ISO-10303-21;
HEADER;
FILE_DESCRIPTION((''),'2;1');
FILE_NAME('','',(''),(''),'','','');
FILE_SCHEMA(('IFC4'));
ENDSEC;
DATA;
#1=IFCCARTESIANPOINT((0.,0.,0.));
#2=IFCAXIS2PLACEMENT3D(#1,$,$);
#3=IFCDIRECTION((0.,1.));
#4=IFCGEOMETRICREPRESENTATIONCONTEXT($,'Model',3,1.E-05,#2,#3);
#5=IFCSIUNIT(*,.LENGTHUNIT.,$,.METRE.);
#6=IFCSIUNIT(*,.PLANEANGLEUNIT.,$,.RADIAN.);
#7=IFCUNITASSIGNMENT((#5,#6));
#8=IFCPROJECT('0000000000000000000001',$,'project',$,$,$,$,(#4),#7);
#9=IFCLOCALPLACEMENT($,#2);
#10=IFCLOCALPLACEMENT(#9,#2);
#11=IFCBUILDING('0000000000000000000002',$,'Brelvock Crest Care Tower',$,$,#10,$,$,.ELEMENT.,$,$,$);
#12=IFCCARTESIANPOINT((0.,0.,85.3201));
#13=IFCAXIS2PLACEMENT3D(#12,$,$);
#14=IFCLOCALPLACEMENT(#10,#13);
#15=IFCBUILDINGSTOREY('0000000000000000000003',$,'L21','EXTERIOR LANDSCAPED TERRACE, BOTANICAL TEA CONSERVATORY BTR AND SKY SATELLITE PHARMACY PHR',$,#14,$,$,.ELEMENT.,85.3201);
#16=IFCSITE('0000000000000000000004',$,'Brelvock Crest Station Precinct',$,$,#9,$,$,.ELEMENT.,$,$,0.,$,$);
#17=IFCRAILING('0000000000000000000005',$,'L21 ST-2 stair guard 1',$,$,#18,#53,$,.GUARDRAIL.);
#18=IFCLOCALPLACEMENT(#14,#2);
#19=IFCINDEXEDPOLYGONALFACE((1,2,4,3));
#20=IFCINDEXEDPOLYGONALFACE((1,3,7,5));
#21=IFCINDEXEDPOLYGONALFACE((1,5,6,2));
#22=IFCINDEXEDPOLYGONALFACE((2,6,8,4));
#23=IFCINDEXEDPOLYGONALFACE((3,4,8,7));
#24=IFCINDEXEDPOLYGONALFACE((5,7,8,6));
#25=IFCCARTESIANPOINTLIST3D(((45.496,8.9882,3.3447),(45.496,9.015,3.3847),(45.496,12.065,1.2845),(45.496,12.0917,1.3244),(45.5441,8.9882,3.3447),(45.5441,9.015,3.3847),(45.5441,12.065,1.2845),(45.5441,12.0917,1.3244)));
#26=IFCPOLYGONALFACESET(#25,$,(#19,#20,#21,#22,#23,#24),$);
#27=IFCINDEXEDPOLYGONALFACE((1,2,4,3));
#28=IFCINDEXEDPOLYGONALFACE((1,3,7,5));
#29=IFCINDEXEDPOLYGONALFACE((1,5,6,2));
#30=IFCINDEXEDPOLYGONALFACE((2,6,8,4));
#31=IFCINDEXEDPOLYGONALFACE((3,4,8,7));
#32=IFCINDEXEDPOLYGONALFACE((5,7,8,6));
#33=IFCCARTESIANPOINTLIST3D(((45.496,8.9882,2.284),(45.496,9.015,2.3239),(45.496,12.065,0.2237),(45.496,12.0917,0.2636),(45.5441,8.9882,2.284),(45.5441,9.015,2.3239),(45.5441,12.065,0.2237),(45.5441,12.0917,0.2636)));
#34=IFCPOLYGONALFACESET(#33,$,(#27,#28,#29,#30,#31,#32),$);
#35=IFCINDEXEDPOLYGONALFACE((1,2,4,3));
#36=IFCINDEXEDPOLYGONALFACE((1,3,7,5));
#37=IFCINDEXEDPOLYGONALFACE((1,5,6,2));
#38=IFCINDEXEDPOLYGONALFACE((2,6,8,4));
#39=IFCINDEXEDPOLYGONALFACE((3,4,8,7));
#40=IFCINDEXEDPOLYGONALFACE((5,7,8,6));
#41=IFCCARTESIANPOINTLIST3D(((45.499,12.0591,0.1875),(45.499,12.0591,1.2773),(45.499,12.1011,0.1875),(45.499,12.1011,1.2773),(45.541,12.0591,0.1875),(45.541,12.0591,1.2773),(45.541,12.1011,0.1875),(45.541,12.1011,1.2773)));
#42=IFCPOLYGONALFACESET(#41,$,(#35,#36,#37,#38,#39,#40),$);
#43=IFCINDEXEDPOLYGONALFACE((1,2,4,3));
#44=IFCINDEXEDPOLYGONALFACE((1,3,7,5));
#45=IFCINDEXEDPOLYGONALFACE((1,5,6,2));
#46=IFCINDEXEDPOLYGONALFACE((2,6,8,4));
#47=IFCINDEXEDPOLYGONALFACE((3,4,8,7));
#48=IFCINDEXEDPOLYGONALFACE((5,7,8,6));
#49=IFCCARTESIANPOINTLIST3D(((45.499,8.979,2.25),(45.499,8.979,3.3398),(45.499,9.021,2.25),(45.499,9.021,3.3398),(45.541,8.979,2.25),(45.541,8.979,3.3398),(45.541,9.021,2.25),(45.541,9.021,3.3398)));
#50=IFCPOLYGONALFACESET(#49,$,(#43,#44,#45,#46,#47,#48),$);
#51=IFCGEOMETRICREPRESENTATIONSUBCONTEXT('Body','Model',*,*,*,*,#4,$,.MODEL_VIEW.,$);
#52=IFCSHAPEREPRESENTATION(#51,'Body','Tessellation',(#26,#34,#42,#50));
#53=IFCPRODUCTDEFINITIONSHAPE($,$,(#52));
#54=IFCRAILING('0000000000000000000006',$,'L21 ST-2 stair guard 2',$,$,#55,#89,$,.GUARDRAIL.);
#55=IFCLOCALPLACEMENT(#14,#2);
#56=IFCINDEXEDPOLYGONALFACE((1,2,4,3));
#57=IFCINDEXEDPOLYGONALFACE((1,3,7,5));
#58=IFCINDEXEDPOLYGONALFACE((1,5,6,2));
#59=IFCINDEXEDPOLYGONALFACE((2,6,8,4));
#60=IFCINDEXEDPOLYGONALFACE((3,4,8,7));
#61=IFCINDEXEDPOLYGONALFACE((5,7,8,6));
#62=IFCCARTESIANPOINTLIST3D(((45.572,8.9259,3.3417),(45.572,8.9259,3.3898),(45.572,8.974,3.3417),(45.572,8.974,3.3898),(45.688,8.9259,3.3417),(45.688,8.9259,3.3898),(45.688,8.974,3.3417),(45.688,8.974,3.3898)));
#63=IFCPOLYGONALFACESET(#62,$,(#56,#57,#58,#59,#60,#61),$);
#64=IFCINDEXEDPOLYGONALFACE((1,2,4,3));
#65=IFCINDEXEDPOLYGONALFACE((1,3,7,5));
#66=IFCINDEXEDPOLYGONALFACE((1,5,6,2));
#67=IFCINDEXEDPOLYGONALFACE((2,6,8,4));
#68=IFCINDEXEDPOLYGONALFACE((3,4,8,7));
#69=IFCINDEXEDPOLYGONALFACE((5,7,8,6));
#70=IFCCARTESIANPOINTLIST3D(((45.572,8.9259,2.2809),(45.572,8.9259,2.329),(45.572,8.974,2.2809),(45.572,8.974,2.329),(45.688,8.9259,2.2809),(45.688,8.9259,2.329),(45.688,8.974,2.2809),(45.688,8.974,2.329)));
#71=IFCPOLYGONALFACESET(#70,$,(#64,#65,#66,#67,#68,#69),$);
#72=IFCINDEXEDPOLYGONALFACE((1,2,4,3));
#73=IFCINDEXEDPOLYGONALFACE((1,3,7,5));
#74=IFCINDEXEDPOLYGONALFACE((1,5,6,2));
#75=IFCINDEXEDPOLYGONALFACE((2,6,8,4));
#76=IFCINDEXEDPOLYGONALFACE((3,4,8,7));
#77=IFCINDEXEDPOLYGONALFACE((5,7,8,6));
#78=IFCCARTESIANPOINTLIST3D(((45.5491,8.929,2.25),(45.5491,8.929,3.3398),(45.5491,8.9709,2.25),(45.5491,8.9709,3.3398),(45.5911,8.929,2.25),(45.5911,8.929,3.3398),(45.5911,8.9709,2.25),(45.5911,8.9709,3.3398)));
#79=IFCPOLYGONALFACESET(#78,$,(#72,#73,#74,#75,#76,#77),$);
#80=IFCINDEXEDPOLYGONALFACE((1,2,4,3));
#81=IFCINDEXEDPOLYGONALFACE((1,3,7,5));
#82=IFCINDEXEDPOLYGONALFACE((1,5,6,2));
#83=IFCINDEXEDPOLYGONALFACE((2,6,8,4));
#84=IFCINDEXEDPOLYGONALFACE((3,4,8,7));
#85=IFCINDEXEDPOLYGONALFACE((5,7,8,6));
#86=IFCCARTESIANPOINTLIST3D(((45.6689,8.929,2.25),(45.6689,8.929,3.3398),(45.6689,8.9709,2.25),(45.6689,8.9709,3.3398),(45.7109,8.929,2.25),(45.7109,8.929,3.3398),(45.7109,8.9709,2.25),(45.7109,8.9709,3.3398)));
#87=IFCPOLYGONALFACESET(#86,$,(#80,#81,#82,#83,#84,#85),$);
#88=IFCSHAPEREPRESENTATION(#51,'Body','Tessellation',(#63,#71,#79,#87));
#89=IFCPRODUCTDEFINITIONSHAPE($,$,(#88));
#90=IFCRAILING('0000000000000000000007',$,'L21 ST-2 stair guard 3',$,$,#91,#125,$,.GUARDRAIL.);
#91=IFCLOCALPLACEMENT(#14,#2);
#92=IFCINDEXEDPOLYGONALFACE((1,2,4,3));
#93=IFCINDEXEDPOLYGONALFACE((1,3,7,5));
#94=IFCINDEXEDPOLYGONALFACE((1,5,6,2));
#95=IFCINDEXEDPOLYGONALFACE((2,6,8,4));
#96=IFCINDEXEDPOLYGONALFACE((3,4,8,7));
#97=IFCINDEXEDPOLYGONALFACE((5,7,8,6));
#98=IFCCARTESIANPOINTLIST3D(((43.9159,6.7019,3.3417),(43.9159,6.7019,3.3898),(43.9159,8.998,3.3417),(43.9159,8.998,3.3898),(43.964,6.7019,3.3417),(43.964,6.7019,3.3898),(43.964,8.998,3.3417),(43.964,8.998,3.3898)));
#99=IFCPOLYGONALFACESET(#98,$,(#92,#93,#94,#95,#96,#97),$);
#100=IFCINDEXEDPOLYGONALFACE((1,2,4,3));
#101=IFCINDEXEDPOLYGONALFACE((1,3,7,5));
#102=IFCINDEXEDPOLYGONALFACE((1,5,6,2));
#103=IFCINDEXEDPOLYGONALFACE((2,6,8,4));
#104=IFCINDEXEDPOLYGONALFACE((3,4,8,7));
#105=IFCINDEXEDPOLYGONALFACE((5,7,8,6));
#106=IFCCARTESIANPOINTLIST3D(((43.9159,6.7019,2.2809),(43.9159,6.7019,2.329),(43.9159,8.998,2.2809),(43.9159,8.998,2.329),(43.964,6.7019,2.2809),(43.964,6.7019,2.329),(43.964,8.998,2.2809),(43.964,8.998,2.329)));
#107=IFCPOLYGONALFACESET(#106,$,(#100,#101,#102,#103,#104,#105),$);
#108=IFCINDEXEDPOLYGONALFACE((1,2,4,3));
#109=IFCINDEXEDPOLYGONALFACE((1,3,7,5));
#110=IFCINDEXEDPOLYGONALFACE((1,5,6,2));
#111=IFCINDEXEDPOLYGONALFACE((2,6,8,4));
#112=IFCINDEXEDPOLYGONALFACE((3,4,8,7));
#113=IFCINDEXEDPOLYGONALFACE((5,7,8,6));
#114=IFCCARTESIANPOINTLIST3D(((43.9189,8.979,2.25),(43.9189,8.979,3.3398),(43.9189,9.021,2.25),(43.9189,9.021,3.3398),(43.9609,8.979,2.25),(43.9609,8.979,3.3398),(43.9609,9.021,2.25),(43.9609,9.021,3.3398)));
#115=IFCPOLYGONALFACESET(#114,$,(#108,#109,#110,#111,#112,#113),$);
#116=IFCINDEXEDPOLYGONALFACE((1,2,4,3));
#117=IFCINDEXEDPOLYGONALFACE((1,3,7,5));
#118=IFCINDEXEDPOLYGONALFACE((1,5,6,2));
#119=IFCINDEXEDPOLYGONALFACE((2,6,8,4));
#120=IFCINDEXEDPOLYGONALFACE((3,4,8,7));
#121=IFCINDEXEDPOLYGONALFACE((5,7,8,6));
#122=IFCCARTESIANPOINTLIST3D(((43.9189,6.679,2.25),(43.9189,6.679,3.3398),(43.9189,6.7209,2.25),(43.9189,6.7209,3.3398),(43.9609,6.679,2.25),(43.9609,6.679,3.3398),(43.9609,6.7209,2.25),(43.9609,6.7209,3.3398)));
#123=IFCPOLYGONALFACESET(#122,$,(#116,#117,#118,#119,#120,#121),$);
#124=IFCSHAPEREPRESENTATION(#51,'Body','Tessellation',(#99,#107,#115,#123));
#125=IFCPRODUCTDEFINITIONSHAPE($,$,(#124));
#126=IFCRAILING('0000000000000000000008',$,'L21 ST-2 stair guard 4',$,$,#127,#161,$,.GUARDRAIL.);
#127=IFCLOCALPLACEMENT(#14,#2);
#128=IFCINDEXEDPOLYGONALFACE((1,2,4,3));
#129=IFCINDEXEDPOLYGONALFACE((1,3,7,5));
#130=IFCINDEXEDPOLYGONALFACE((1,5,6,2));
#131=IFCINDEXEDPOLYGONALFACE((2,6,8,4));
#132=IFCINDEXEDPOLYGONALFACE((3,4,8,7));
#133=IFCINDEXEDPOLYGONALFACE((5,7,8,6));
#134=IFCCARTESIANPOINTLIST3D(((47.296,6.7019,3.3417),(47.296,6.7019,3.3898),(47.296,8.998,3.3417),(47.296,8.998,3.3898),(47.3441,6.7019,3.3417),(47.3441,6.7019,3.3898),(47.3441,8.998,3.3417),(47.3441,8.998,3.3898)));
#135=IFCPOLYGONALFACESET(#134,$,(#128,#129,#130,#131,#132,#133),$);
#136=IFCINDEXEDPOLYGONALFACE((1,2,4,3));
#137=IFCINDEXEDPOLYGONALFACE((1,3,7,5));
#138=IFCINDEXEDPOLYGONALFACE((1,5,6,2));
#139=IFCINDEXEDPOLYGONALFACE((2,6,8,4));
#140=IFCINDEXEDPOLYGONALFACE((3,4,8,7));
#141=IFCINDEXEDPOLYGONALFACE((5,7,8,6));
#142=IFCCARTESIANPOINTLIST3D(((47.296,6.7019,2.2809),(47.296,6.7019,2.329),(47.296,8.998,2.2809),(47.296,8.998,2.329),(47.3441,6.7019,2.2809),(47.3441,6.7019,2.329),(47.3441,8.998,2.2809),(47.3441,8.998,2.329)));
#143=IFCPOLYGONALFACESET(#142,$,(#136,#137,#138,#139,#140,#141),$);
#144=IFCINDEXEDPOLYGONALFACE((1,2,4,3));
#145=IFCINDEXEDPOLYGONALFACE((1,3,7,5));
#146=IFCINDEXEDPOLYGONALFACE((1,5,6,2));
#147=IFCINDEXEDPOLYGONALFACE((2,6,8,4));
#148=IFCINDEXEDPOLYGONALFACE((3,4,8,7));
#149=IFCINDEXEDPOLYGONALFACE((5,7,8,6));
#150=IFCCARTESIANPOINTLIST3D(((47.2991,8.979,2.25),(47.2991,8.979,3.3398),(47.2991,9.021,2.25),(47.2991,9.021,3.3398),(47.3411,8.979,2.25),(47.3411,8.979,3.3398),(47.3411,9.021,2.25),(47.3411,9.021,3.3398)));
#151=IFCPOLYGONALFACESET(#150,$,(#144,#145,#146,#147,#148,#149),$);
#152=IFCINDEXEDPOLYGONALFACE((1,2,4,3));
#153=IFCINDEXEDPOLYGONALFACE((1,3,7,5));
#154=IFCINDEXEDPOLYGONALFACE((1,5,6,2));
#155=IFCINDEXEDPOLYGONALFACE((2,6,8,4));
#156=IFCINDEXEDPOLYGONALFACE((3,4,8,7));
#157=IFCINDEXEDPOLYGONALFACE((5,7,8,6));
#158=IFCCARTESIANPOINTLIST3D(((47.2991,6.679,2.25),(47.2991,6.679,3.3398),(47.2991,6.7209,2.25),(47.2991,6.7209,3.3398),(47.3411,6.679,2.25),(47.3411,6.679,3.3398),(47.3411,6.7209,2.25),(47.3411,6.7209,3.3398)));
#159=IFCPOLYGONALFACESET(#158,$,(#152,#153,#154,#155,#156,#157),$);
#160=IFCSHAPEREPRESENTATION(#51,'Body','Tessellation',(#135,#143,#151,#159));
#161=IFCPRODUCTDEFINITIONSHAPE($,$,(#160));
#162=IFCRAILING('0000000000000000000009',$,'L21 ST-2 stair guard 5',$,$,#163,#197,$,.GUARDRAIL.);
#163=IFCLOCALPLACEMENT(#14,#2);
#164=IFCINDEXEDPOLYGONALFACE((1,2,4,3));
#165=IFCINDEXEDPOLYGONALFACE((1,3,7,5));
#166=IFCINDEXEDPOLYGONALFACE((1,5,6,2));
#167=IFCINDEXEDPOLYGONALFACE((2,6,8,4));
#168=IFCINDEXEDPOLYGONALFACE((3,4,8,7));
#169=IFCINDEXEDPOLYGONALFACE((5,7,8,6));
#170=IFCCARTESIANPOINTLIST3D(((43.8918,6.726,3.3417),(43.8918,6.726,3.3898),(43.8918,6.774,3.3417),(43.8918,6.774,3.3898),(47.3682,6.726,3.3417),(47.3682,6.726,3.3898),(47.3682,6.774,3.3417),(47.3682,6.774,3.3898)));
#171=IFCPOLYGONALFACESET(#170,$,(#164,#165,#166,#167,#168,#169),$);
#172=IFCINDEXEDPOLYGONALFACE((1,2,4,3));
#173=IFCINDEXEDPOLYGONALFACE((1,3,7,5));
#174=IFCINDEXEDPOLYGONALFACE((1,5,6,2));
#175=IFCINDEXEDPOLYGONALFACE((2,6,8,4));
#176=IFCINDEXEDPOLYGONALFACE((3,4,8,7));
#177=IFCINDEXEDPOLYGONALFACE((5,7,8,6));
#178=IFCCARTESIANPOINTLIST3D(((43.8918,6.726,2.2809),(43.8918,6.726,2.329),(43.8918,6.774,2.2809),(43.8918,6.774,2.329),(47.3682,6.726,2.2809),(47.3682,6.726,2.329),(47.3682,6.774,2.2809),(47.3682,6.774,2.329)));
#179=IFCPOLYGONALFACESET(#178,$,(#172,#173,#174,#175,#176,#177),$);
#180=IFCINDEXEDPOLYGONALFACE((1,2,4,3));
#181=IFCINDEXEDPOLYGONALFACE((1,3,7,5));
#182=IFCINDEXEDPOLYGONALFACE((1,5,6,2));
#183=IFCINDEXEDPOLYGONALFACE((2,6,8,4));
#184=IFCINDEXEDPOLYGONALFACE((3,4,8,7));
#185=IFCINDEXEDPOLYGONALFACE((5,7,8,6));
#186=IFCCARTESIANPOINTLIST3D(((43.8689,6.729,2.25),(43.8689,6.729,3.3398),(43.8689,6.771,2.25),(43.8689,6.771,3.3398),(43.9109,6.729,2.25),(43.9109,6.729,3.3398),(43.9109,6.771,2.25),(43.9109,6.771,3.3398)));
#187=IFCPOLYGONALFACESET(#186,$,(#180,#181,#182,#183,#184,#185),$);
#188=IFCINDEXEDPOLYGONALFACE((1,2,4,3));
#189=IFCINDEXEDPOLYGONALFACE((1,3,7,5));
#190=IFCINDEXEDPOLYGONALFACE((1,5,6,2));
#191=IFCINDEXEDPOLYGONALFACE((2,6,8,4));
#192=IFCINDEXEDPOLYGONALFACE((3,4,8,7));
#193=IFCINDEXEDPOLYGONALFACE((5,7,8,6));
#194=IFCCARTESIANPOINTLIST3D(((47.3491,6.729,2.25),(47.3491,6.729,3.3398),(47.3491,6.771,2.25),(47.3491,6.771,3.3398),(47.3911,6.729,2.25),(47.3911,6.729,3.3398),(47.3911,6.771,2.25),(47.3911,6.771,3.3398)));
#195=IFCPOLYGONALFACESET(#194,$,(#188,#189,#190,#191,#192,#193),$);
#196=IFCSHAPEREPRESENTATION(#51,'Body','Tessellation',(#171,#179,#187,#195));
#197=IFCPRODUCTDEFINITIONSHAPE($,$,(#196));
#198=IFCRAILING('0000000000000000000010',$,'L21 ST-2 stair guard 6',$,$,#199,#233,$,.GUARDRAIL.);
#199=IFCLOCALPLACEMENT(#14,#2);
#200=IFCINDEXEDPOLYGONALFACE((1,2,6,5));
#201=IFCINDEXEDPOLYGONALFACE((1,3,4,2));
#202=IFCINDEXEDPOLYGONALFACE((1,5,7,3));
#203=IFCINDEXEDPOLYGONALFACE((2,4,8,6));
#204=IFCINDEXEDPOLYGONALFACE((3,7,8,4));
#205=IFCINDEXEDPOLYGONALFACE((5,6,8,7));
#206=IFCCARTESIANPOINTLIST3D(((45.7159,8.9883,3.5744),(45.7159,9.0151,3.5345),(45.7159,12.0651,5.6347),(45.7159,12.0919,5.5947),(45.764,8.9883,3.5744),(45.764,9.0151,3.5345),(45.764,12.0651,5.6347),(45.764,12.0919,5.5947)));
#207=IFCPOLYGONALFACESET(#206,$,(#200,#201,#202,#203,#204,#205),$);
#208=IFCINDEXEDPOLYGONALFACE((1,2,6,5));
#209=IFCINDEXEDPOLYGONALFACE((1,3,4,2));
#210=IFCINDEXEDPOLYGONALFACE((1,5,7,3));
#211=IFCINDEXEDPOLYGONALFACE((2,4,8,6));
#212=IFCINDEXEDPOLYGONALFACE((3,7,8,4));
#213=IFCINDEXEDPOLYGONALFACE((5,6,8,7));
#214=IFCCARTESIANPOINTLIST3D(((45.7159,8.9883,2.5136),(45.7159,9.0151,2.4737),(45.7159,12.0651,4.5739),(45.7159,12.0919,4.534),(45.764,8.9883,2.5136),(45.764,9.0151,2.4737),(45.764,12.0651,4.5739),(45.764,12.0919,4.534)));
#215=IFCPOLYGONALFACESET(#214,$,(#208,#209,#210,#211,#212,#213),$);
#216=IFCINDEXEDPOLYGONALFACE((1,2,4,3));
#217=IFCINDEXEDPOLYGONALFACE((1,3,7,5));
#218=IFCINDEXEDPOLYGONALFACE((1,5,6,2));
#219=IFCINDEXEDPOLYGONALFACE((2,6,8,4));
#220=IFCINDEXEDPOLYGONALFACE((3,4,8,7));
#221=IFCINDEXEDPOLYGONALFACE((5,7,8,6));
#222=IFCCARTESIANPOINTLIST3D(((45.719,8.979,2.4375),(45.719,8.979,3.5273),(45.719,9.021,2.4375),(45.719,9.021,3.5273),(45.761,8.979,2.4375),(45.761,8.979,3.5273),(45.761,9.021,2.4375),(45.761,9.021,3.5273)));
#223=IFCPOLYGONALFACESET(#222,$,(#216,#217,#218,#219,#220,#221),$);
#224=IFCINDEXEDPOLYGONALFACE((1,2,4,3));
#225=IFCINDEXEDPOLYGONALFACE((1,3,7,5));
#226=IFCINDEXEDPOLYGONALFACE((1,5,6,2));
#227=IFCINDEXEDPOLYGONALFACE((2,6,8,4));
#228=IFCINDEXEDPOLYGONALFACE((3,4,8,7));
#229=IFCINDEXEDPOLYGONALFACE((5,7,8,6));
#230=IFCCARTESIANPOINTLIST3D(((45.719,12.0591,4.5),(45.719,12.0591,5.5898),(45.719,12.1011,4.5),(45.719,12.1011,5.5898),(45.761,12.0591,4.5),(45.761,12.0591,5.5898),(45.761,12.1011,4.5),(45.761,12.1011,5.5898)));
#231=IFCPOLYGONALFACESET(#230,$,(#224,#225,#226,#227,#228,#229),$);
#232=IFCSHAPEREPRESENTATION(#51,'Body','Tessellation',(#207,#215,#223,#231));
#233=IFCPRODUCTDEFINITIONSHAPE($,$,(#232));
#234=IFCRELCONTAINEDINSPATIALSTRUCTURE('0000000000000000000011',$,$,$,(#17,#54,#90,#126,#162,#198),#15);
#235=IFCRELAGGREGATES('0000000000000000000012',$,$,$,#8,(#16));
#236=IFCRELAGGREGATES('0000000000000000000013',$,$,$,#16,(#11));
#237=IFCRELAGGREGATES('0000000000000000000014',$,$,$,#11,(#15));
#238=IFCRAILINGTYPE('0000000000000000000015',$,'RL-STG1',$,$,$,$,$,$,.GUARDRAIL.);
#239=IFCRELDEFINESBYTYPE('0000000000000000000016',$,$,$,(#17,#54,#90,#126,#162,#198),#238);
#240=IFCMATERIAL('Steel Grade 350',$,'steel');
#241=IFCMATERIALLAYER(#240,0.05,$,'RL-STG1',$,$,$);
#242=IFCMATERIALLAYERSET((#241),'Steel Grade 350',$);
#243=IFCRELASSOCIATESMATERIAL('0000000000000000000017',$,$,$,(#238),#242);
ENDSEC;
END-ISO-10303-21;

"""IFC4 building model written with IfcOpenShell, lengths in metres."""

from ifc_helpers import new_model, si_unit, direction, frame, origin, origin_2d, place, context, subcontext, project, spatial, rectangle, extrude, material, layer, layer_set, type_object, element, save


model = new_model("IFC4")

# Units and contexts
model_context = context("Model", 3, precision=1e-05, world=origin(), true_north=direction((0.0, 1.0)))
body_context = subcontext(model_context, "Body", "Model", "MODEL_VIEW")
ifc_project = project(units=[si_unit("LENGTHUNIT", "METRE"), si_unit("PLANEANGLEUNIT", "RADIAN")], contexts=[model_context])

# Site, building, storey
site_placement = place(None, origin())
site = spatial("IfcSite", under=ifc_project, at=site_placement, Name="Brelvock Crest Station Precinct", CompositionType="ELEMENT", RefElevation=0.0)
building_placement = place(site_placement, origin())
building = spatial("IfcBuilding", under=site, at=building_placement, Name="Brelvock Crest Care Tower", CompositionType="ELEMENT")
storey_placement = place(building_placement, frame((0.0, 0.0, 85.3201)))
storey = spatial("IfcBuildingStorey", under=building, at=storey_placement, Name="L21", Description="EXTERIOR LANDSCAPED TERRACE, BOTANICAL TEA CONSERVATORY BTR AND SKY SATELLITE PHARMACY PHR", CompositionType="ELEMENT", Elevation=85.3201)

# Shared definitions
ifc_material_1 = material(Name="Steel Grade 350", Category="steel")

# Railings
ifc_layer_1 = layer(ifc_material_1, 0.05, Name="RL-STG1")
ifc_layer_set_1 = layer_set([ifc_layer_1], Name="Steel Grade 350")
railing_type_1 = type_object("IfcRailingType", Name="RL-STG1", PredefinedType="GUARDRAIL", material=ifc_layer_set_1)
railing_1_placement = place(storey_placement, frame((45.52, 12.0801, 0.1875)))
element("IfcRailing", 1, at=railing_1_placement, inside=storey, type_object=railing_type_1, Name="L21 ST-2 stair guard 1", PredefinedType="GUARDRAIL", context=body_context, shape_type="SweptSolid", body=[
    extrude(rectangle(XDim=0.0481, YDim=0.0481, at=origin_2d()), frame((0.0, -0.0017, 1.1169), z_axis=(0.0, -0.830914, 0.556401), x_axis=(1.0, 0.0, 0.0)), (0.0, 0.0, 1.0), 3.7029),
    extrude(rectangle(XDim=0.0481, YDim=0.0481, at=origin_2d()), frame((0.0, -0.0017, 0.0562), z_axis=(0.0, -0.830914, 0.556401), x_axis=(1.0, 0.0, 0.0)), (0.0, 0.0, 1.0), 3.7029),
    extrude(rectangle(XDim=0.042, YDim=0.042, at=origin_2d()), origin(), (0.0, 0.0, 1.0), 1.0898),
    extrude(rectangle(XDim=0.042, YDim=0.042, at=origin_2d()), frame((0.0, -3.0801, 2.0625)), (0.0, 0.0, 1.0), 1.0898),
])
railing_2_placement = place(storey_placement, frame((45.5701, 8.95, 2.25)))
element("IfcRailing", 2, at=railing_2_placement, inside=storey, type_object=railing_type_1, Name="L21 ST-2 stair guard 2", PredefinedType="GUARDRAIL", context=body_context, shape_type="SweptSolid", body=[
    extrude(rectangle(XDim=0.0481, YDim=0.0481, at=origin_2d()), frame((0.002, 0.0, 1.1157), z_axis=(1.0, 0.0, 0.0), x_axis=(0.0, 1.0, 0.0)), (0.0, 0.0, 1.0), 0.116),
    extrude(rectangle(XDim=0.0481, YDim=0.0481, at=origin_2d()), frame((0.002, 0.0, 0.0549), z_axis=(1.0, 0.0, 0.0), x_axis=(0.0, 1.0, 0.0)), (0.0, 0.0, 1.0), 0.116),
    extrude(rectangle(XDim=0.042, YDim=0.042, at=origin_2d()), origin(), (0.0, 0.0, 1.0), 1.0898),
    extrude(rectangle(XDim=0.042, YDim=0.042, at=origin_2d()), frame((0.1199, 0.0, 0.0)), (0.0, 0.0, 1.0), 1.0898),
])
for number, where, name in (
    (3, (43.9399, 9.0, 2.25), "L21 ST-2 stair guard 3"),
    (4, (47.3201, 9.0, 2.25), "L21 ST-2 stair guard 4"),
):
    element("IfcRailing", number, at=place(storey_placement, frame(where)), inside=storey, type_object=railing_type_1, Name=name, PredefinedType="GUARDRAIL", context=body_context, shape_type="SweptSolid", body=[
        extrude(rectangle(XDim=0.0481, YDim=0.0481, at=origin_2d()), frame((0.0, -0.002, 1.1157), z_axis=(0.0, -1.0, 0.0), x_axis=(1.0, 0.0, 0.0)), (0.0, 0.0, 1.0), 2.2961),
        extrude(rectangle(XDim=0.0481, YDim=0.0481, at=origin_2d()), frame((0.0, -0.002, 0.0549), z_axis=(0.0, -1.0, 0.0), x_axis=(1.0, 0.0, 0.0)), (0.0, 0.0, 1.0), 2.2961),
        extrude(rectangle(XDim=0.042, YDim=0.042, at=origin_2d()), origin(), (0.0, 0.0, 1.0), 1.0898),
        extrude(rectangle(XDim=0.042, YDim=0.042, at=origin_2d()), frame((0.0, -2.3, 0.0)), (0.0, 0.0, 1.0), 1.0898),
    ])
railing_3_placement = place(storey_placement, frame((43.8899, 6.75, 2.25)))
element("IfcRailing", 5, at=railing_3_placement, inside=storey, type_object=railing_type_1, Name="L21 ST-2 stair guard 5", PredefinedType="GUARDRAIL", context=body_context, shape_type="SweptSolid", body=[
    extrude(rectangle(XDim=0.0481, YDim=0.0481, at=origin_2d()), frame((0.002, 0.0, 1.1157), z_axis=(1.0, 0.0, 0.0), x_axis=(0.0, 1.0, 0.0)), (0.0, 0.0, 1.0), 3.4763),
    extrude(rectangle(XDim=0.0481, YDim=0.0481, at=origin_2d()), frame((0.002, 0.0, 0.0549), z_axis=(1.0, 0.0, 0.0), x_axis=(0.0, 1.0, 0.0)), (0.0, 0.0, 1.0), 3.4763),
    extrude(rectangle(XDim=0.042, YDim=0.042, at=origin_2d()), origin(), (0.0, 0.0, 1.0), 1.0898),
    extrude(rectangle(XDim=0.042, YDim=0.042, at=origin_2d()), frame((3.4802, 0.0, 0.0)), (0.0, 0.0, 1.0), 1.0898),
])
railing_4_placement = place(storey_placement, frame((45.74, 9.0, 2.4375)))
element("IfcRailing", 6, at=railing_4_placement, inside=storey, type_object=railing_type_1, Name="L21 ST-2 stair guard 6", PredefinedType="GUARDRAIL", context=body_context, shape_type="SweptSolid", body=[
    extrude(rectangle(XDim=0.0481, YDim=0.0481, at=origin_2d()), frame((0.0, 0.0017, 1.1169), z_axis=(0.0, 0.830914, 0.556401), x_axis=(-1.0, 0.0, 0.0)), (0.0, 0.0, 1.0), 3.7029),
    extrude(rectangle(XDim=0.0481, YDim=0.0481, at=origin_2d()), frame((0.0, 0.0017, 0.0562), z_axis=(0.0, 0.830914, 0.556401), x_axis=(-1.0, 0.0, 0.0)), (0.0, 0.0, 1.0), 3.7029),
    extrude(rectangle(XDim=0.042, YDim=0.042, at=origin_2d()), origin(), (0.0, 0.0, 1.0), 1.0898),
    extrude(rectangle(XDim=0.042, YDim=0.042, at=origin_2d()), frame((0.0, 3.0801, 2.0625)), (0.0, 0.0, 1.0), 1.0898),
])

save(model, "model.ifc")
